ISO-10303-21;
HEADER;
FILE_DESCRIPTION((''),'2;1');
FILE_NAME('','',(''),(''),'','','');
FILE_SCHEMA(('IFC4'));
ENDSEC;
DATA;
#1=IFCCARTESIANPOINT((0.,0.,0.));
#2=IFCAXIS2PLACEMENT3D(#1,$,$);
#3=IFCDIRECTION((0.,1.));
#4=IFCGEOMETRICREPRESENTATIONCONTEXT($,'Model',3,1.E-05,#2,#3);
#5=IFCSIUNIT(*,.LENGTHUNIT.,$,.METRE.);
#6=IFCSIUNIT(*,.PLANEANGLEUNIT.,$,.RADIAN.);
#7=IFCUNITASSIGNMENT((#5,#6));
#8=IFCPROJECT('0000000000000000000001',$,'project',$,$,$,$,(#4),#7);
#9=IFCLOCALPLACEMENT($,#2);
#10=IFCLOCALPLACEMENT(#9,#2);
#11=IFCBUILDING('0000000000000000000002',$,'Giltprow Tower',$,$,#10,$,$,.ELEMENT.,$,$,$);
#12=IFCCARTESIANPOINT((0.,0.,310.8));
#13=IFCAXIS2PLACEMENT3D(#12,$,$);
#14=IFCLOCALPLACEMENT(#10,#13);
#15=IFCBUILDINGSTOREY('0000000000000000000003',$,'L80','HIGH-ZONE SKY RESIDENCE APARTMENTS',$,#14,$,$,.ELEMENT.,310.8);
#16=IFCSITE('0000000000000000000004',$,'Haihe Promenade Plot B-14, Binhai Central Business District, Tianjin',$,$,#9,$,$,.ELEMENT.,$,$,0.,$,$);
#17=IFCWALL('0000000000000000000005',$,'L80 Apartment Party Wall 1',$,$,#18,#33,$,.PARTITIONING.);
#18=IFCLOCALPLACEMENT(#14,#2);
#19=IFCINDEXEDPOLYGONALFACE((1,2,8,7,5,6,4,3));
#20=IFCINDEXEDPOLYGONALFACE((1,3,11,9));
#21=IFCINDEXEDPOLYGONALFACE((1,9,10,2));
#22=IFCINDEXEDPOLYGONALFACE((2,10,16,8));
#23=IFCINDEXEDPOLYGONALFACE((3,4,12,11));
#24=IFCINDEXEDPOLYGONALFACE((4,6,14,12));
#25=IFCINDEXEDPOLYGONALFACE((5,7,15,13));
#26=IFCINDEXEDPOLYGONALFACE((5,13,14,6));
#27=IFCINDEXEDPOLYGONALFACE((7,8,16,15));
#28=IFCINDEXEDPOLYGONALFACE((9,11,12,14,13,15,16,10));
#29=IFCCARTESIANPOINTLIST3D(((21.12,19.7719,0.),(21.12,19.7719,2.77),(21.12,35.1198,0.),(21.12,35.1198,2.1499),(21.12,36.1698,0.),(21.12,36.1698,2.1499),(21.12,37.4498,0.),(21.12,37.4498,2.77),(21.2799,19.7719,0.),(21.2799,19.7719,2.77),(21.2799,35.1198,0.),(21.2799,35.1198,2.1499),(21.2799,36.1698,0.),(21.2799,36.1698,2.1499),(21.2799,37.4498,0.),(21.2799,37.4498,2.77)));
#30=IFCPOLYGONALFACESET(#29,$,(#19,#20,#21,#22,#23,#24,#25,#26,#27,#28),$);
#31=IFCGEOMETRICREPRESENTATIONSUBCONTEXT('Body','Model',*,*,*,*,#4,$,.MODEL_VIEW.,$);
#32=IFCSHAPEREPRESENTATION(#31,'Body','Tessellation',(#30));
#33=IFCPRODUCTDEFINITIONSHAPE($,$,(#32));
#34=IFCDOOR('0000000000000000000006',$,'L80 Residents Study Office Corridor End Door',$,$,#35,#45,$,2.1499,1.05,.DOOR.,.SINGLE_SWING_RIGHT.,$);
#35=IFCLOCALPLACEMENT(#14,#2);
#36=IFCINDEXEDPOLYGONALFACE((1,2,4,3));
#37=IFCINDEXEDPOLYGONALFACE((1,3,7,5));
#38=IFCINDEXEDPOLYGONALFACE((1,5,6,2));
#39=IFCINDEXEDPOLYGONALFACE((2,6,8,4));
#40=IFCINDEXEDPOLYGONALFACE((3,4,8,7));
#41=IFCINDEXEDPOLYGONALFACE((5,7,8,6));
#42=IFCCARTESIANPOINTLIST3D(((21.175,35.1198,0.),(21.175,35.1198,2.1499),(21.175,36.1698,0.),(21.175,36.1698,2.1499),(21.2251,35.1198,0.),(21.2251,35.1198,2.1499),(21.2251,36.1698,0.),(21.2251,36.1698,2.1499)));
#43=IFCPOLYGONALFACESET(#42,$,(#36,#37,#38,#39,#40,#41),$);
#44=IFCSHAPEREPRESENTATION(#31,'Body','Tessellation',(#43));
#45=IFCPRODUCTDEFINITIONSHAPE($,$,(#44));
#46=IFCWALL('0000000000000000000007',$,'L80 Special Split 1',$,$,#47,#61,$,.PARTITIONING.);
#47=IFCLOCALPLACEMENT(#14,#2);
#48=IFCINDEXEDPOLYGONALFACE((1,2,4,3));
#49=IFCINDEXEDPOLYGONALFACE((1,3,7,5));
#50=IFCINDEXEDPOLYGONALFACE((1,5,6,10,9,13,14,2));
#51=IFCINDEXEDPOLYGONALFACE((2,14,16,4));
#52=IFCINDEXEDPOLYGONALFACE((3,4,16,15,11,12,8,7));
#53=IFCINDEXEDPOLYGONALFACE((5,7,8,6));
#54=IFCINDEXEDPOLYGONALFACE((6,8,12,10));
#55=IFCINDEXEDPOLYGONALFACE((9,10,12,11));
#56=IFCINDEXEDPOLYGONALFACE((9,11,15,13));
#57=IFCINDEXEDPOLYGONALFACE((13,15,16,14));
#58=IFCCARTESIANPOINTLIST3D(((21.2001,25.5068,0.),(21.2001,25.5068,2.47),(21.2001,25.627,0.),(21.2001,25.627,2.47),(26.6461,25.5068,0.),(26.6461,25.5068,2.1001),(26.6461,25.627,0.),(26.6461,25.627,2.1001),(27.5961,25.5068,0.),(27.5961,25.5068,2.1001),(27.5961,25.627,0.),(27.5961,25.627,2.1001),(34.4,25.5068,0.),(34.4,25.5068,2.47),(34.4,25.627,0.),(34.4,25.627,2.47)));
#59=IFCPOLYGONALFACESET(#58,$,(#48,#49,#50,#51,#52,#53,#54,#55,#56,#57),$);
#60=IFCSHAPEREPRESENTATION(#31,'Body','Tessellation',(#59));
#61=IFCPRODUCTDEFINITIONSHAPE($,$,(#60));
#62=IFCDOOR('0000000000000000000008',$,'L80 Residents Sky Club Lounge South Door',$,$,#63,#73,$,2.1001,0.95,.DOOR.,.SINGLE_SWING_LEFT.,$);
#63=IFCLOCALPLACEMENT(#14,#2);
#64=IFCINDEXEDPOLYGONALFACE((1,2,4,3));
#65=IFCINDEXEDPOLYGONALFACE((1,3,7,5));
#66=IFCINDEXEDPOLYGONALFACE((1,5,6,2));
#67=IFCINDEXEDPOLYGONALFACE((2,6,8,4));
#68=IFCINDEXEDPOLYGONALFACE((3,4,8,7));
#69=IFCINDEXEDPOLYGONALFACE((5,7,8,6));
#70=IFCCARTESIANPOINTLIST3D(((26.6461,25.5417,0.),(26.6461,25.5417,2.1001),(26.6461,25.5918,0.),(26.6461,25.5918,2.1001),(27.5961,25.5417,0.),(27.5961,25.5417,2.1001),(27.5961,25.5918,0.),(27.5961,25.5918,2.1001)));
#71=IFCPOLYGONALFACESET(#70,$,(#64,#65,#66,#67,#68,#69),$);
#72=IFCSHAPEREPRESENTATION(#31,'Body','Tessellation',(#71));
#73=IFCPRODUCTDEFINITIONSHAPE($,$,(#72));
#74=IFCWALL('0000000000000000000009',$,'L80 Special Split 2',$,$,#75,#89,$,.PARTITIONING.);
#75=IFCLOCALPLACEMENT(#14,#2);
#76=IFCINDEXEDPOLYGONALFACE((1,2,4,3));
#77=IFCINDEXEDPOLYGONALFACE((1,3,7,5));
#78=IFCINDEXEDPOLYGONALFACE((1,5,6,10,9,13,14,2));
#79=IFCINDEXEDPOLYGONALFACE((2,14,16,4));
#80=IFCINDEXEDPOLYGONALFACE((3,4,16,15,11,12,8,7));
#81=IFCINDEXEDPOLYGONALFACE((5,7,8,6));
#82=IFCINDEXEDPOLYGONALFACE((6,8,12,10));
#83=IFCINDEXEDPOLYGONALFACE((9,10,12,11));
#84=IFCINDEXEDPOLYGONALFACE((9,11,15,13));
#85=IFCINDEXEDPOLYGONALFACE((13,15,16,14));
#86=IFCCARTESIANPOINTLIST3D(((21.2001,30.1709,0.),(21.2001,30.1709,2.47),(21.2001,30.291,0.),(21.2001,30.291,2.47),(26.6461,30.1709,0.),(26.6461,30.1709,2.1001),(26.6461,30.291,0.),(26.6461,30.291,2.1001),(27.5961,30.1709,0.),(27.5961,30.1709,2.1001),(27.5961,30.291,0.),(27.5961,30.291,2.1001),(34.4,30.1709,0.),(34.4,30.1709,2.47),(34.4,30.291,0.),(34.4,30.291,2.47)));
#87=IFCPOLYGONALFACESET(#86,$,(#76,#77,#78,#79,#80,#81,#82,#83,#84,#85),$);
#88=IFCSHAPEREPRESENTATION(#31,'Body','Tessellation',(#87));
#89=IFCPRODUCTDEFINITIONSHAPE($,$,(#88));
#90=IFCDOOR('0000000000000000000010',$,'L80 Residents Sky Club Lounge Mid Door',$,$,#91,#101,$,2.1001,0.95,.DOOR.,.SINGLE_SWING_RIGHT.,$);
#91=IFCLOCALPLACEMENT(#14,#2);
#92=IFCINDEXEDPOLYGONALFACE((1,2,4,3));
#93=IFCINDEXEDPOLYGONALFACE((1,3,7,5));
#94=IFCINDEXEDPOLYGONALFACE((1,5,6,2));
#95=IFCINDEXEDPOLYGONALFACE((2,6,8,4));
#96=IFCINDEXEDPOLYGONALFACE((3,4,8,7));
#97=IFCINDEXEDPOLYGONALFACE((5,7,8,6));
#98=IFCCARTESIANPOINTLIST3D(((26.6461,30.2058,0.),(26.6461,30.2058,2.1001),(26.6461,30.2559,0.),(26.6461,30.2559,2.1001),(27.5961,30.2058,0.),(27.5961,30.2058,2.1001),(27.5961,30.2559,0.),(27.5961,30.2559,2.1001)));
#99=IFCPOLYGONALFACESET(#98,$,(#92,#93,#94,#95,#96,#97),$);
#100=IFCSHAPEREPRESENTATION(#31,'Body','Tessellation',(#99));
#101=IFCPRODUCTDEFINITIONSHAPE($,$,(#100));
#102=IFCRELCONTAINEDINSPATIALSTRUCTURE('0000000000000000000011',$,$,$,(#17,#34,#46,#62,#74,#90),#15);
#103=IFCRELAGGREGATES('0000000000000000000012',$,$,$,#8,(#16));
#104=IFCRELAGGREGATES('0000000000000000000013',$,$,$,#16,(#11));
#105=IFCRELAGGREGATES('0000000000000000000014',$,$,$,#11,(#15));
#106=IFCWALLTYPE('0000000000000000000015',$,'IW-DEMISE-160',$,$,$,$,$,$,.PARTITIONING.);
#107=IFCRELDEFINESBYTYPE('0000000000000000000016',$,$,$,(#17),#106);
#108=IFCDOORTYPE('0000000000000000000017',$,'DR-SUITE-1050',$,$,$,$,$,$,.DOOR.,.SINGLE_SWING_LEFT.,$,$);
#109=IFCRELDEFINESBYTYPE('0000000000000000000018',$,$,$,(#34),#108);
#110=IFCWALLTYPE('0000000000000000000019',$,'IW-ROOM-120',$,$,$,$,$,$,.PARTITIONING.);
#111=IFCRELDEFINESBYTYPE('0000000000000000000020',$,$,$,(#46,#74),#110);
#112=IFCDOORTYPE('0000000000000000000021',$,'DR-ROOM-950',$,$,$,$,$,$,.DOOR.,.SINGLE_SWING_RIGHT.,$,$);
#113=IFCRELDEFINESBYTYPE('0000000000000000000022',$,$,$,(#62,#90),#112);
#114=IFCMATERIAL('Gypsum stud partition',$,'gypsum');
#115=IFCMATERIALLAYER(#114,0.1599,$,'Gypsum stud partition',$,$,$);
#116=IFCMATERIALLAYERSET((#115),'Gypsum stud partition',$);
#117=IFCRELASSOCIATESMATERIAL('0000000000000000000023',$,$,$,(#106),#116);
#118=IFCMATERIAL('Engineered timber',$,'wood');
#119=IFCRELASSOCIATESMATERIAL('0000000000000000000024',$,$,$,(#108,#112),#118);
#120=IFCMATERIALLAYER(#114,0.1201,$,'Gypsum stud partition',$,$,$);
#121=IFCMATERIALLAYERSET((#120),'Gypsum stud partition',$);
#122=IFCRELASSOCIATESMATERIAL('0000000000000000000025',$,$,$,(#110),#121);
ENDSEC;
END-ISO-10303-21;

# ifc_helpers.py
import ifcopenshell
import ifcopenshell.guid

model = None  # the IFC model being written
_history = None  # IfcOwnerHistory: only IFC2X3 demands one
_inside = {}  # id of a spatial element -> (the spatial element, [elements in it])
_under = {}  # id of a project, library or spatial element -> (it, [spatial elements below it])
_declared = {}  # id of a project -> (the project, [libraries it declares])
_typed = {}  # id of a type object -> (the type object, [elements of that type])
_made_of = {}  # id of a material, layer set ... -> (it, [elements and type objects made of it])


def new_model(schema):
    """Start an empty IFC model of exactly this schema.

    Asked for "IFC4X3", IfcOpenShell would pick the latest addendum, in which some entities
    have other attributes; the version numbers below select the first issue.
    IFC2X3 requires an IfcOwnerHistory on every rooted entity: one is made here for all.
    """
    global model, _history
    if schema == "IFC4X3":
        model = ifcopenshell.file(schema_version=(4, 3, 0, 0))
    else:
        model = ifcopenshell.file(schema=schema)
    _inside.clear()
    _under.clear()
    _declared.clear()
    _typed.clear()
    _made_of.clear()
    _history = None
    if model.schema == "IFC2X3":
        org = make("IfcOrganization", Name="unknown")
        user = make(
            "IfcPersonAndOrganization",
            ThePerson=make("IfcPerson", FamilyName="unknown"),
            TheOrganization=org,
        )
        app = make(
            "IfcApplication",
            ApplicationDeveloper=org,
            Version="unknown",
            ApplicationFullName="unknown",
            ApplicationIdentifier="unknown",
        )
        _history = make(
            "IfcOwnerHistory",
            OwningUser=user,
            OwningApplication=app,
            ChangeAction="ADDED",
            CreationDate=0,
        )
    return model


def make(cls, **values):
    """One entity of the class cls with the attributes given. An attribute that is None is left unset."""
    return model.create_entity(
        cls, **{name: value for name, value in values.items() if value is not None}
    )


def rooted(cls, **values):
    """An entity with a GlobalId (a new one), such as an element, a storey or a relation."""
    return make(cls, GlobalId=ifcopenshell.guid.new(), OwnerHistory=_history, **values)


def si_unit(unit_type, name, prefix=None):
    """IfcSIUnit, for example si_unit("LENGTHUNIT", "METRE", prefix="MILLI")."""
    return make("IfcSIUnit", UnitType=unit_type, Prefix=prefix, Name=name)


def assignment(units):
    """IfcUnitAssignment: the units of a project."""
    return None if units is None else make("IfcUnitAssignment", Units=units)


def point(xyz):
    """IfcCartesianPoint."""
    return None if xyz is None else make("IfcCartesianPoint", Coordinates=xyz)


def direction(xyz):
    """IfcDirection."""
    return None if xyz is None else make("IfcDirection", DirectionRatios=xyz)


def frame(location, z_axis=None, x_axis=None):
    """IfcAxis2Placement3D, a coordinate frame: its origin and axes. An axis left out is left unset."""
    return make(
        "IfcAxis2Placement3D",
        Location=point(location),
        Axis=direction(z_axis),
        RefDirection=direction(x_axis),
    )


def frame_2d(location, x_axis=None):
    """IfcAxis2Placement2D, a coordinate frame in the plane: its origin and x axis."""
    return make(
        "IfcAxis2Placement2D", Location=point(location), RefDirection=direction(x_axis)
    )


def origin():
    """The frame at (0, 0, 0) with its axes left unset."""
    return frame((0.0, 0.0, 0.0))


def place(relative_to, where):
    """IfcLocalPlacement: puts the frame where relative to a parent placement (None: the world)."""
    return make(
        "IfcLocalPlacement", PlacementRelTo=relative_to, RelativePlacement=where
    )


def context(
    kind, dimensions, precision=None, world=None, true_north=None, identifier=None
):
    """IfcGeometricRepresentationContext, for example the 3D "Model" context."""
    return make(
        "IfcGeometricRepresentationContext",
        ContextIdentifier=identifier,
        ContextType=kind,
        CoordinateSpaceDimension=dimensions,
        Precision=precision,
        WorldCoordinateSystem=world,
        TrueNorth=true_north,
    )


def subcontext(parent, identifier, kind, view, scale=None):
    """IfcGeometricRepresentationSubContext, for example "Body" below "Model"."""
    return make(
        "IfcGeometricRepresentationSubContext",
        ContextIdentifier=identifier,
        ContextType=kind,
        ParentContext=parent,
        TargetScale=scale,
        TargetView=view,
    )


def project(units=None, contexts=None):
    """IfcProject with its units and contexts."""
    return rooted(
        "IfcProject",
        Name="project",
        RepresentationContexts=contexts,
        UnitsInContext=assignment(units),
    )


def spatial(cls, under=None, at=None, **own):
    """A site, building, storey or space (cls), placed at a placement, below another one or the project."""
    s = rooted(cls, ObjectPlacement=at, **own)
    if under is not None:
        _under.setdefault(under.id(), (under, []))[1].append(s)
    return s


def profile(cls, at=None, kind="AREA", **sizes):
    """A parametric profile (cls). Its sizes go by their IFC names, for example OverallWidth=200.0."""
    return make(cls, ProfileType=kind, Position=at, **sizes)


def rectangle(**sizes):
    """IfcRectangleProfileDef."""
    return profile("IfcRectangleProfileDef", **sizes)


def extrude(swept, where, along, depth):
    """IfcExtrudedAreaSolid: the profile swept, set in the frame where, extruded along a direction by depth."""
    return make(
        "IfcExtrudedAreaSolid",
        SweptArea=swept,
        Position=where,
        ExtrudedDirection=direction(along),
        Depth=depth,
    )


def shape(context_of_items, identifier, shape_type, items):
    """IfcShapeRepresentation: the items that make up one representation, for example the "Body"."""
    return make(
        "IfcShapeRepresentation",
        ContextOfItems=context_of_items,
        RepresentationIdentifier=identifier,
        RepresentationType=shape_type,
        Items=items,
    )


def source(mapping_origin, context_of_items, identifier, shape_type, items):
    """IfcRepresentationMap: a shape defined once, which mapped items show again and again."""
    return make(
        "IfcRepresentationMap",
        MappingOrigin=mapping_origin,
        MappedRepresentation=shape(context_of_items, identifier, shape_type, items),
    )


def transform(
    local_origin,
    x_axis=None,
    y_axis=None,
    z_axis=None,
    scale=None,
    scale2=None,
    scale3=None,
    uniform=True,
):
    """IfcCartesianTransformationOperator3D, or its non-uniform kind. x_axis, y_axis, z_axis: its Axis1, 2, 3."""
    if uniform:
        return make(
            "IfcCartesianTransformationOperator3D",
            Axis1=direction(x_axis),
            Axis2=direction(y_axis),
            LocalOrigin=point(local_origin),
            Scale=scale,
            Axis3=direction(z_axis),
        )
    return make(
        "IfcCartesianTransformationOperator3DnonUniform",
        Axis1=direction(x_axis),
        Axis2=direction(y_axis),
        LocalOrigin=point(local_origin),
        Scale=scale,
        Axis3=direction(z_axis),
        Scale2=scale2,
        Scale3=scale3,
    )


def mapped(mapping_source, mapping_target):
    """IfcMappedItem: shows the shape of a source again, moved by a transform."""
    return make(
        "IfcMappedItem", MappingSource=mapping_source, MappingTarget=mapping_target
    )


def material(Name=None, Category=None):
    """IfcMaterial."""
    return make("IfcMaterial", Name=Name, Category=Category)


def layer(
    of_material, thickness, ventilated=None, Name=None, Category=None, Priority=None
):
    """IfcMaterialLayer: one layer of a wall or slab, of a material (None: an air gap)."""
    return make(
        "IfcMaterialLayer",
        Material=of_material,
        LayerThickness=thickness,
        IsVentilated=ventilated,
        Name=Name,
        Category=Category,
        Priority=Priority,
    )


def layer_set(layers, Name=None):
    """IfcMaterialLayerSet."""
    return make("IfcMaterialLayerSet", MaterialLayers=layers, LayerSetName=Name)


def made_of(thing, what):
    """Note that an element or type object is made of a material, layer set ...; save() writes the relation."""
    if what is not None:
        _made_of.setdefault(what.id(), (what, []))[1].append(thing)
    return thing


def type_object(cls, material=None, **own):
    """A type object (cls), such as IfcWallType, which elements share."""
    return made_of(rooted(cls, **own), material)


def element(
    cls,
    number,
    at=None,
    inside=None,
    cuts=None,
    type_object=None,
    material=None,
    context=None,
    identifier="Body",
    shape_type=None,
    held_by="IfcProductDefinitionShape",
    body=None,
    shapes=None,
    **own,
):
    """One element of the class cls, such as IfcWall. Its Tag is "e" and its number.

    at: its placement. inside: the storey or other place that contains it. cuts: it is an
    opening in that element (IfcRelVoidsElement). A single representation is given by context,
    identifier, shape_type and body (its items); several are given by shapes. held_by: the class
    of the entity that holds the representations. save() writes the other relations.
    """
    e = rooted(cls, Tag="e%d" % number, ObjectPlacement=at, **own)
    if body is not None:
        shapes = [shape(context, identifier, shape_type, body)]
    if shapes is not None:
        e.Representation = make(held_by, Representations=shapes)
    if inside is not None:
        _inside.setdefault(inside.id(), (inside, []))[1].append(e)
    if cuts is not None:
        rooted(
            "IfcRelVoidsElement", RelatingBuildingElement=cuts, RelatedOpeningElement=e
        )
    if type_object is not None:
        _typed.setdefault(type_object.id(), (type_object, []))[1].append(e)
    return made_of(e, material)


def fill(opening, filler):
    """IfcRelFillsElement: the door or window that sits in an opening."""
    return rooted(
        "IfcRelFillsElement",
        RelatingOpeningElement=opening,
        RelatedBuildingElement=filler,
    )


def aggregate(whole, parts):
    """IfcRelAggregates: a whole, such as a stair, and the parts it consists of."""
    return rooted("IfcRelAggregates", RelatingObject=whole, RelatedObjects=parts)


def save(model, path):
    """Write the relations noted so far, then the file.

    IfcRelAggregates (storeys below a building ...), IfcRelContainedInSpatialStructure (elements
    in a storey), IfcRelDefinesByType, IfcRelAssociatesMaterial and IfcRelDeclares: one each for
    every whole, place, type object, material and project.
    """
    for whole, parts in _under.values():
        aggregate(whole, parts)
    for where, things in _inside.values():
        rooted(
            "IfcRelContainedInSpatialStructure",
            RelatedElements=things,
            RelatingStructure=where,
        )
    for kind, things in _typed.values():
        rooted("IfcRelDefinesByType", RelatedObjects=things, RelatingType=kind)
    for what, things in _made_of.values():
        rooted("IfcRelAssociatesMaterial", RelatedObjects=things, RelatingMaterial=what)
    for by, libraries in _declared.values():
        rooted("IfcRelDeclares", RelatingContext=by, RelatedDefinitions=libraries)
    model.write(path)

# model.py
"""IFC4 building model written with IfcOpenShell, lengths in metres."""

from ifc_helpers import new_model, si_unit, direction, frame, frame_2d, origin, place, context, subcontext, project, spatial, rectangle, extrude, source, transform, mapped, material, layer, layer_set, type_object, element, fill, save


model = new_model("IFC4")

# Units and contexts
model_context = context("Model", 3, precision=1e-05, world=origin(), true_north=direction((0.0, 1.0)))
body_context = subcontext(model_context, "Body", "Model", "MODEL_VIEW")
ifc_project = project(units=[si_unit("LENGTHUNIT", "METRE"), si_unit("PLANEANGLEUNIT", "RADIAN")], contexts=[model_context])

# Site, building, storey
site_placement = place(None, origin())
site = spatial("IfcSite", under=ifc_project, at=site_placement, Name="Haihe Promenade Plot B-14, Binhai Central Business District, Tianjin", CompositionType="ELEMENT", RefElevation=0.0)
building_placement = place(site_placement, origin())
building = spatial("IfcBuilding", under=site, at=building_placement, Name="Giltprow Tower", CompositionType="ELEMENT")
storey_placement = place(building_placement, frame((0.0, 0.0, 310.8)))
storey = spatial("IfcBuildingStorey", under=building, at=storey_placement, Name="L80", Description="HIGH-ZONE SKY RESIDENCE APARTMENTS", CompositionType="ELEMENT", Elevation=310.8)

# Walls, openings, doors
ifc_material_1 = material(Name="Gypsum stud partition", Category="gypsum")
ifc_layer_1 = layer(ifc_material_1, 0.1599, Name="Gypsum stud partition")
ifc_layer_set_1 = layer_set([ifc_layer_1], Name="Gypsum stud partition")
wall_type_1 = type_object("IfcWallType", Name="IW-DEMISE-160", PredefinedType="PARTITIONING", material=ifc_layer_set_1)
wall_1_placement = place(storey_placement, frame((21.2, 19.772, 0.0), z_axis=(0.0, 0.0, 1.0), x_axis=(0.0, 1.0, 0.0)))
wall_1 = element("IfcWall", 1, at=wall_1_placement, inside=storey, type_object=wall_type_1, Name="L80 Apartment Party Wall 1", PredefinedType="PARTITIONING", context=body_context, shape_type="SweptSolid", body=[
    extrude(rectangle(XDim=17.678, YDim=0.1599, at=frame_2d((8.8389, 0.0))), origin(), (0.0, 0.0, 1.0), 2.77),
])
opening_1_placement = place(wall_1_placement, frame((15.3479, 0.0, 0.0)))
opening_1 = element("IfcOpeningElement", 2, at=opening_1_placement, cuts=wall_1, PredefinedType="OPENING", context=body_context, shape_type="SweptSolid", body=[
    extrude(rectangle(XDim=1.05, YDim=2.1499, at=frame_2d((0.5249, 1.075))), frame((0.0, 0.0898, 0.0), z_axis=(0.0, -1.0, 0.0), x_axis=(1.0, 0.0, 0.0)), (0.0, 0.0, 1.0), 0.1799),
])
ifc_material_2 = material(Name="Engineered timber", Category="wood")
door_type_1 = type_object("IfcDoorType", Name="DR-SUITE-1050", OperationType="SINGLE_SWING_LEFT", PredefinedType="DOOR", material=ifc_material_2)
shared_shape_1 = source(origin(), body_context, "Body", "SweptSolid", [
    extrude(rectangle(XDim=1.05, YDim=2.1499, at=frame_2d((0.5249, 1.075))), frame((0.0, 0.0249, 0.0), z_axis=(0.0, -1.0, 0.0), x_axis=(1.0, 0.0, 0.0)), (0.0, 0.0, 1.0), 0.05),
])
door_1_placement = place(opening_1_placement, origin())
door_1 = element("IfcDoor", 3, at=door_1_placement, inside=storey, type_object=door_type_1, Name="L80 Residents Study Office Corridor End Door", OperationType="SINGLE_SWING_RIGHT", OverallHeight=2.1499, OverallWidth=1.05, PredefinedType="DOOR", context=body_context, shape_type="MappedRepresentation", body=[
    mapped(shared_shape_1, transform((0.0, 0.0, 0.0), x_axis=(1.0, 0.0, 0.0), y_axis=(0.0, 1.0, 0.0), z_axis=(0.0, 0.0, 1.0), scale=1.0)),
])
fill(opening_1, door_1)
ifc_layer_2 = layer(ifc_material_1, 0.1201, Name="Gypsum stud partition")
ifc_layer_set_2 = layer_set([ifc_layer_2], Name="Gypsum stud partition")
wall_type_2 = type_object("IfcWallType", Name="IW-ROOM-120", PredefinedType="PARTITIONING", material=ifc_layer_set_2)
wall_2_placement = place(storey_placement, frame((21.2, 25.5669, 0.0), z_axis=(0.0, 0.0, 1.0), x_axis=(1.0, 0.0, 0.0)))
wall_2 = element("IfcWall", 4, at=wall_2_placement, inside=storey, type_object=wall_type_2, Name="L80 Special Split 1", PredefinedType="PARTITIONING", context=body_context, shape_type="SweptSolid", body=[
    extrude(rectangle(XDim=13.2, YDim=0.1201, at=frame_2d((6.6001, 0.0))), origin(), (0.0, 0.0, 1.0), 2.47),
])
opening_2_placement = place(wall_2_placement, frame((5.446, 0.0, 0.0)))
opening_2 = element("IfcOpeningElement", 5, at=opening_2_placement, cuts=wall_2, PredefinedType="OPENING", context=body_context, shape_type="SweptSolid", body=[
    extrude(rectangle(XDim=0.95, YDim=2.1001, at=frame_2d((0.4751, 1.05))), frame((0.0, 0.0701, 0.0), z_axis=(0.0, -1.0, 0.0), x_axis=(1.0, 0.0, 0.0)), (0.0, 0.0, 1.0), 0.1401),
])
door_type_2 = type_object("IfcDoorType", Name="DR-ROOM-950", OperationType="SINGLE_SWING_RIGHT", PredefinedType="DOOR", material=ifc_material_2)
shared_shape_2 = source(origin(), body_context, "Body", "SweptSolid", [
    extrude(rectangle(XDim=0.95, YDim=2.1001, at=frame_2d((0.4751, 1.05))), frame((0.0, 0.0249, 0.0), z_axis=(0.0, -1.0, 0.0), x_axis=(1.0, 0.0, 0.0)), (0.0, 0.0, 1.0), 0.05),
])
door_2_placement = place(opening_2_placement, origin())
door_2 = element("IfcDoor", 6, at=door_2_placement, inside=storey, type_object=door_type_2, Name="L80 Residents Sky Club Lounge South Door", OperationType="SINGLE_SWING_LEFT", OverallHeight=2.1001, OverallWidth=0.95, PredefinedType="DOOR", context=body_context, shape_type="MappedRepresentation", body=[
    mapped(shared_shape_2, transform((0.0, 0.0, 0.0), x_axis=(1.0, 0.0, 0.0), y_axis=(0.0, 1.0, 0.0), z_axis=(0.0, 0.0, 1.0), scale=1.0)),
])
fill(opening_2, door_2)
wall_3_placement = place(storey_placement, frame((21.2, 30.231, 0.0), z_axis=(0.0, 0.0, 1.0), x_axis=(1.0, 0.0, 0.0)))
wall_3 = element("IfcWall", 7, at=wall_3_placement, inside=storey, type_object=wall_type_2, Name="L80 Special Split 2", PredefinedType="PARTITIONING", context=body_context, shape_type="SweptSolid", body=[
    extrude(rectangle(XDim=13.2, YDim=0.1201, at=frame_2d((6.6001, 0.0))), origin(), (0.0, 0.0, 1.0), 2.47),
])
opening_3_placement = place(wall_3_placement, frame((5.446, 0.0, 0.0)))
opening_3 = element("IfcOpeningElement", 8, at=opening_3_placement, cuts=wall_3, PredefinedType="OPENING", context=body_context, shape_type="SweptSolid", body=[
    extrude(rectangle(XDim=0.95, YDim=2.1001, at=frame_2d((0.4751, 1.05))), frame((0.0, 0.0701, 0.0), z_axis=(0.0, -1.0, 0.0), x_axis=(1.0, 0.0, 0.0)), (0.0, 0.0, 1.0), 0.1401),
])
door_3_placement = place(opening_3_placement, origin())
door_3 = element("IfcDoor", 9, at=door_3_placement, inside=storey, type_object=door_type_2, Name="L80 Residents Sky Club Lounge Mid Door", OperationType="SINGLE_SWING_RIGHT", OverallHeight=2.1001, OverallWidth=0.95, PredefinedType="DOOR", context=body_context, shape_type="MappedRepresentation", body=[
    mapped(shared_shape_2, transform((0.0, 0.0, 0.0), x_axis=(1.0, 0.0, 0.0), y_axis=(0.0, 1.0, 0.0), z_axis=(0.0, 0.0, 1.0), scale=1.0)),
])
fill(opening_3, door_3)

save(model, "model.ifc")
